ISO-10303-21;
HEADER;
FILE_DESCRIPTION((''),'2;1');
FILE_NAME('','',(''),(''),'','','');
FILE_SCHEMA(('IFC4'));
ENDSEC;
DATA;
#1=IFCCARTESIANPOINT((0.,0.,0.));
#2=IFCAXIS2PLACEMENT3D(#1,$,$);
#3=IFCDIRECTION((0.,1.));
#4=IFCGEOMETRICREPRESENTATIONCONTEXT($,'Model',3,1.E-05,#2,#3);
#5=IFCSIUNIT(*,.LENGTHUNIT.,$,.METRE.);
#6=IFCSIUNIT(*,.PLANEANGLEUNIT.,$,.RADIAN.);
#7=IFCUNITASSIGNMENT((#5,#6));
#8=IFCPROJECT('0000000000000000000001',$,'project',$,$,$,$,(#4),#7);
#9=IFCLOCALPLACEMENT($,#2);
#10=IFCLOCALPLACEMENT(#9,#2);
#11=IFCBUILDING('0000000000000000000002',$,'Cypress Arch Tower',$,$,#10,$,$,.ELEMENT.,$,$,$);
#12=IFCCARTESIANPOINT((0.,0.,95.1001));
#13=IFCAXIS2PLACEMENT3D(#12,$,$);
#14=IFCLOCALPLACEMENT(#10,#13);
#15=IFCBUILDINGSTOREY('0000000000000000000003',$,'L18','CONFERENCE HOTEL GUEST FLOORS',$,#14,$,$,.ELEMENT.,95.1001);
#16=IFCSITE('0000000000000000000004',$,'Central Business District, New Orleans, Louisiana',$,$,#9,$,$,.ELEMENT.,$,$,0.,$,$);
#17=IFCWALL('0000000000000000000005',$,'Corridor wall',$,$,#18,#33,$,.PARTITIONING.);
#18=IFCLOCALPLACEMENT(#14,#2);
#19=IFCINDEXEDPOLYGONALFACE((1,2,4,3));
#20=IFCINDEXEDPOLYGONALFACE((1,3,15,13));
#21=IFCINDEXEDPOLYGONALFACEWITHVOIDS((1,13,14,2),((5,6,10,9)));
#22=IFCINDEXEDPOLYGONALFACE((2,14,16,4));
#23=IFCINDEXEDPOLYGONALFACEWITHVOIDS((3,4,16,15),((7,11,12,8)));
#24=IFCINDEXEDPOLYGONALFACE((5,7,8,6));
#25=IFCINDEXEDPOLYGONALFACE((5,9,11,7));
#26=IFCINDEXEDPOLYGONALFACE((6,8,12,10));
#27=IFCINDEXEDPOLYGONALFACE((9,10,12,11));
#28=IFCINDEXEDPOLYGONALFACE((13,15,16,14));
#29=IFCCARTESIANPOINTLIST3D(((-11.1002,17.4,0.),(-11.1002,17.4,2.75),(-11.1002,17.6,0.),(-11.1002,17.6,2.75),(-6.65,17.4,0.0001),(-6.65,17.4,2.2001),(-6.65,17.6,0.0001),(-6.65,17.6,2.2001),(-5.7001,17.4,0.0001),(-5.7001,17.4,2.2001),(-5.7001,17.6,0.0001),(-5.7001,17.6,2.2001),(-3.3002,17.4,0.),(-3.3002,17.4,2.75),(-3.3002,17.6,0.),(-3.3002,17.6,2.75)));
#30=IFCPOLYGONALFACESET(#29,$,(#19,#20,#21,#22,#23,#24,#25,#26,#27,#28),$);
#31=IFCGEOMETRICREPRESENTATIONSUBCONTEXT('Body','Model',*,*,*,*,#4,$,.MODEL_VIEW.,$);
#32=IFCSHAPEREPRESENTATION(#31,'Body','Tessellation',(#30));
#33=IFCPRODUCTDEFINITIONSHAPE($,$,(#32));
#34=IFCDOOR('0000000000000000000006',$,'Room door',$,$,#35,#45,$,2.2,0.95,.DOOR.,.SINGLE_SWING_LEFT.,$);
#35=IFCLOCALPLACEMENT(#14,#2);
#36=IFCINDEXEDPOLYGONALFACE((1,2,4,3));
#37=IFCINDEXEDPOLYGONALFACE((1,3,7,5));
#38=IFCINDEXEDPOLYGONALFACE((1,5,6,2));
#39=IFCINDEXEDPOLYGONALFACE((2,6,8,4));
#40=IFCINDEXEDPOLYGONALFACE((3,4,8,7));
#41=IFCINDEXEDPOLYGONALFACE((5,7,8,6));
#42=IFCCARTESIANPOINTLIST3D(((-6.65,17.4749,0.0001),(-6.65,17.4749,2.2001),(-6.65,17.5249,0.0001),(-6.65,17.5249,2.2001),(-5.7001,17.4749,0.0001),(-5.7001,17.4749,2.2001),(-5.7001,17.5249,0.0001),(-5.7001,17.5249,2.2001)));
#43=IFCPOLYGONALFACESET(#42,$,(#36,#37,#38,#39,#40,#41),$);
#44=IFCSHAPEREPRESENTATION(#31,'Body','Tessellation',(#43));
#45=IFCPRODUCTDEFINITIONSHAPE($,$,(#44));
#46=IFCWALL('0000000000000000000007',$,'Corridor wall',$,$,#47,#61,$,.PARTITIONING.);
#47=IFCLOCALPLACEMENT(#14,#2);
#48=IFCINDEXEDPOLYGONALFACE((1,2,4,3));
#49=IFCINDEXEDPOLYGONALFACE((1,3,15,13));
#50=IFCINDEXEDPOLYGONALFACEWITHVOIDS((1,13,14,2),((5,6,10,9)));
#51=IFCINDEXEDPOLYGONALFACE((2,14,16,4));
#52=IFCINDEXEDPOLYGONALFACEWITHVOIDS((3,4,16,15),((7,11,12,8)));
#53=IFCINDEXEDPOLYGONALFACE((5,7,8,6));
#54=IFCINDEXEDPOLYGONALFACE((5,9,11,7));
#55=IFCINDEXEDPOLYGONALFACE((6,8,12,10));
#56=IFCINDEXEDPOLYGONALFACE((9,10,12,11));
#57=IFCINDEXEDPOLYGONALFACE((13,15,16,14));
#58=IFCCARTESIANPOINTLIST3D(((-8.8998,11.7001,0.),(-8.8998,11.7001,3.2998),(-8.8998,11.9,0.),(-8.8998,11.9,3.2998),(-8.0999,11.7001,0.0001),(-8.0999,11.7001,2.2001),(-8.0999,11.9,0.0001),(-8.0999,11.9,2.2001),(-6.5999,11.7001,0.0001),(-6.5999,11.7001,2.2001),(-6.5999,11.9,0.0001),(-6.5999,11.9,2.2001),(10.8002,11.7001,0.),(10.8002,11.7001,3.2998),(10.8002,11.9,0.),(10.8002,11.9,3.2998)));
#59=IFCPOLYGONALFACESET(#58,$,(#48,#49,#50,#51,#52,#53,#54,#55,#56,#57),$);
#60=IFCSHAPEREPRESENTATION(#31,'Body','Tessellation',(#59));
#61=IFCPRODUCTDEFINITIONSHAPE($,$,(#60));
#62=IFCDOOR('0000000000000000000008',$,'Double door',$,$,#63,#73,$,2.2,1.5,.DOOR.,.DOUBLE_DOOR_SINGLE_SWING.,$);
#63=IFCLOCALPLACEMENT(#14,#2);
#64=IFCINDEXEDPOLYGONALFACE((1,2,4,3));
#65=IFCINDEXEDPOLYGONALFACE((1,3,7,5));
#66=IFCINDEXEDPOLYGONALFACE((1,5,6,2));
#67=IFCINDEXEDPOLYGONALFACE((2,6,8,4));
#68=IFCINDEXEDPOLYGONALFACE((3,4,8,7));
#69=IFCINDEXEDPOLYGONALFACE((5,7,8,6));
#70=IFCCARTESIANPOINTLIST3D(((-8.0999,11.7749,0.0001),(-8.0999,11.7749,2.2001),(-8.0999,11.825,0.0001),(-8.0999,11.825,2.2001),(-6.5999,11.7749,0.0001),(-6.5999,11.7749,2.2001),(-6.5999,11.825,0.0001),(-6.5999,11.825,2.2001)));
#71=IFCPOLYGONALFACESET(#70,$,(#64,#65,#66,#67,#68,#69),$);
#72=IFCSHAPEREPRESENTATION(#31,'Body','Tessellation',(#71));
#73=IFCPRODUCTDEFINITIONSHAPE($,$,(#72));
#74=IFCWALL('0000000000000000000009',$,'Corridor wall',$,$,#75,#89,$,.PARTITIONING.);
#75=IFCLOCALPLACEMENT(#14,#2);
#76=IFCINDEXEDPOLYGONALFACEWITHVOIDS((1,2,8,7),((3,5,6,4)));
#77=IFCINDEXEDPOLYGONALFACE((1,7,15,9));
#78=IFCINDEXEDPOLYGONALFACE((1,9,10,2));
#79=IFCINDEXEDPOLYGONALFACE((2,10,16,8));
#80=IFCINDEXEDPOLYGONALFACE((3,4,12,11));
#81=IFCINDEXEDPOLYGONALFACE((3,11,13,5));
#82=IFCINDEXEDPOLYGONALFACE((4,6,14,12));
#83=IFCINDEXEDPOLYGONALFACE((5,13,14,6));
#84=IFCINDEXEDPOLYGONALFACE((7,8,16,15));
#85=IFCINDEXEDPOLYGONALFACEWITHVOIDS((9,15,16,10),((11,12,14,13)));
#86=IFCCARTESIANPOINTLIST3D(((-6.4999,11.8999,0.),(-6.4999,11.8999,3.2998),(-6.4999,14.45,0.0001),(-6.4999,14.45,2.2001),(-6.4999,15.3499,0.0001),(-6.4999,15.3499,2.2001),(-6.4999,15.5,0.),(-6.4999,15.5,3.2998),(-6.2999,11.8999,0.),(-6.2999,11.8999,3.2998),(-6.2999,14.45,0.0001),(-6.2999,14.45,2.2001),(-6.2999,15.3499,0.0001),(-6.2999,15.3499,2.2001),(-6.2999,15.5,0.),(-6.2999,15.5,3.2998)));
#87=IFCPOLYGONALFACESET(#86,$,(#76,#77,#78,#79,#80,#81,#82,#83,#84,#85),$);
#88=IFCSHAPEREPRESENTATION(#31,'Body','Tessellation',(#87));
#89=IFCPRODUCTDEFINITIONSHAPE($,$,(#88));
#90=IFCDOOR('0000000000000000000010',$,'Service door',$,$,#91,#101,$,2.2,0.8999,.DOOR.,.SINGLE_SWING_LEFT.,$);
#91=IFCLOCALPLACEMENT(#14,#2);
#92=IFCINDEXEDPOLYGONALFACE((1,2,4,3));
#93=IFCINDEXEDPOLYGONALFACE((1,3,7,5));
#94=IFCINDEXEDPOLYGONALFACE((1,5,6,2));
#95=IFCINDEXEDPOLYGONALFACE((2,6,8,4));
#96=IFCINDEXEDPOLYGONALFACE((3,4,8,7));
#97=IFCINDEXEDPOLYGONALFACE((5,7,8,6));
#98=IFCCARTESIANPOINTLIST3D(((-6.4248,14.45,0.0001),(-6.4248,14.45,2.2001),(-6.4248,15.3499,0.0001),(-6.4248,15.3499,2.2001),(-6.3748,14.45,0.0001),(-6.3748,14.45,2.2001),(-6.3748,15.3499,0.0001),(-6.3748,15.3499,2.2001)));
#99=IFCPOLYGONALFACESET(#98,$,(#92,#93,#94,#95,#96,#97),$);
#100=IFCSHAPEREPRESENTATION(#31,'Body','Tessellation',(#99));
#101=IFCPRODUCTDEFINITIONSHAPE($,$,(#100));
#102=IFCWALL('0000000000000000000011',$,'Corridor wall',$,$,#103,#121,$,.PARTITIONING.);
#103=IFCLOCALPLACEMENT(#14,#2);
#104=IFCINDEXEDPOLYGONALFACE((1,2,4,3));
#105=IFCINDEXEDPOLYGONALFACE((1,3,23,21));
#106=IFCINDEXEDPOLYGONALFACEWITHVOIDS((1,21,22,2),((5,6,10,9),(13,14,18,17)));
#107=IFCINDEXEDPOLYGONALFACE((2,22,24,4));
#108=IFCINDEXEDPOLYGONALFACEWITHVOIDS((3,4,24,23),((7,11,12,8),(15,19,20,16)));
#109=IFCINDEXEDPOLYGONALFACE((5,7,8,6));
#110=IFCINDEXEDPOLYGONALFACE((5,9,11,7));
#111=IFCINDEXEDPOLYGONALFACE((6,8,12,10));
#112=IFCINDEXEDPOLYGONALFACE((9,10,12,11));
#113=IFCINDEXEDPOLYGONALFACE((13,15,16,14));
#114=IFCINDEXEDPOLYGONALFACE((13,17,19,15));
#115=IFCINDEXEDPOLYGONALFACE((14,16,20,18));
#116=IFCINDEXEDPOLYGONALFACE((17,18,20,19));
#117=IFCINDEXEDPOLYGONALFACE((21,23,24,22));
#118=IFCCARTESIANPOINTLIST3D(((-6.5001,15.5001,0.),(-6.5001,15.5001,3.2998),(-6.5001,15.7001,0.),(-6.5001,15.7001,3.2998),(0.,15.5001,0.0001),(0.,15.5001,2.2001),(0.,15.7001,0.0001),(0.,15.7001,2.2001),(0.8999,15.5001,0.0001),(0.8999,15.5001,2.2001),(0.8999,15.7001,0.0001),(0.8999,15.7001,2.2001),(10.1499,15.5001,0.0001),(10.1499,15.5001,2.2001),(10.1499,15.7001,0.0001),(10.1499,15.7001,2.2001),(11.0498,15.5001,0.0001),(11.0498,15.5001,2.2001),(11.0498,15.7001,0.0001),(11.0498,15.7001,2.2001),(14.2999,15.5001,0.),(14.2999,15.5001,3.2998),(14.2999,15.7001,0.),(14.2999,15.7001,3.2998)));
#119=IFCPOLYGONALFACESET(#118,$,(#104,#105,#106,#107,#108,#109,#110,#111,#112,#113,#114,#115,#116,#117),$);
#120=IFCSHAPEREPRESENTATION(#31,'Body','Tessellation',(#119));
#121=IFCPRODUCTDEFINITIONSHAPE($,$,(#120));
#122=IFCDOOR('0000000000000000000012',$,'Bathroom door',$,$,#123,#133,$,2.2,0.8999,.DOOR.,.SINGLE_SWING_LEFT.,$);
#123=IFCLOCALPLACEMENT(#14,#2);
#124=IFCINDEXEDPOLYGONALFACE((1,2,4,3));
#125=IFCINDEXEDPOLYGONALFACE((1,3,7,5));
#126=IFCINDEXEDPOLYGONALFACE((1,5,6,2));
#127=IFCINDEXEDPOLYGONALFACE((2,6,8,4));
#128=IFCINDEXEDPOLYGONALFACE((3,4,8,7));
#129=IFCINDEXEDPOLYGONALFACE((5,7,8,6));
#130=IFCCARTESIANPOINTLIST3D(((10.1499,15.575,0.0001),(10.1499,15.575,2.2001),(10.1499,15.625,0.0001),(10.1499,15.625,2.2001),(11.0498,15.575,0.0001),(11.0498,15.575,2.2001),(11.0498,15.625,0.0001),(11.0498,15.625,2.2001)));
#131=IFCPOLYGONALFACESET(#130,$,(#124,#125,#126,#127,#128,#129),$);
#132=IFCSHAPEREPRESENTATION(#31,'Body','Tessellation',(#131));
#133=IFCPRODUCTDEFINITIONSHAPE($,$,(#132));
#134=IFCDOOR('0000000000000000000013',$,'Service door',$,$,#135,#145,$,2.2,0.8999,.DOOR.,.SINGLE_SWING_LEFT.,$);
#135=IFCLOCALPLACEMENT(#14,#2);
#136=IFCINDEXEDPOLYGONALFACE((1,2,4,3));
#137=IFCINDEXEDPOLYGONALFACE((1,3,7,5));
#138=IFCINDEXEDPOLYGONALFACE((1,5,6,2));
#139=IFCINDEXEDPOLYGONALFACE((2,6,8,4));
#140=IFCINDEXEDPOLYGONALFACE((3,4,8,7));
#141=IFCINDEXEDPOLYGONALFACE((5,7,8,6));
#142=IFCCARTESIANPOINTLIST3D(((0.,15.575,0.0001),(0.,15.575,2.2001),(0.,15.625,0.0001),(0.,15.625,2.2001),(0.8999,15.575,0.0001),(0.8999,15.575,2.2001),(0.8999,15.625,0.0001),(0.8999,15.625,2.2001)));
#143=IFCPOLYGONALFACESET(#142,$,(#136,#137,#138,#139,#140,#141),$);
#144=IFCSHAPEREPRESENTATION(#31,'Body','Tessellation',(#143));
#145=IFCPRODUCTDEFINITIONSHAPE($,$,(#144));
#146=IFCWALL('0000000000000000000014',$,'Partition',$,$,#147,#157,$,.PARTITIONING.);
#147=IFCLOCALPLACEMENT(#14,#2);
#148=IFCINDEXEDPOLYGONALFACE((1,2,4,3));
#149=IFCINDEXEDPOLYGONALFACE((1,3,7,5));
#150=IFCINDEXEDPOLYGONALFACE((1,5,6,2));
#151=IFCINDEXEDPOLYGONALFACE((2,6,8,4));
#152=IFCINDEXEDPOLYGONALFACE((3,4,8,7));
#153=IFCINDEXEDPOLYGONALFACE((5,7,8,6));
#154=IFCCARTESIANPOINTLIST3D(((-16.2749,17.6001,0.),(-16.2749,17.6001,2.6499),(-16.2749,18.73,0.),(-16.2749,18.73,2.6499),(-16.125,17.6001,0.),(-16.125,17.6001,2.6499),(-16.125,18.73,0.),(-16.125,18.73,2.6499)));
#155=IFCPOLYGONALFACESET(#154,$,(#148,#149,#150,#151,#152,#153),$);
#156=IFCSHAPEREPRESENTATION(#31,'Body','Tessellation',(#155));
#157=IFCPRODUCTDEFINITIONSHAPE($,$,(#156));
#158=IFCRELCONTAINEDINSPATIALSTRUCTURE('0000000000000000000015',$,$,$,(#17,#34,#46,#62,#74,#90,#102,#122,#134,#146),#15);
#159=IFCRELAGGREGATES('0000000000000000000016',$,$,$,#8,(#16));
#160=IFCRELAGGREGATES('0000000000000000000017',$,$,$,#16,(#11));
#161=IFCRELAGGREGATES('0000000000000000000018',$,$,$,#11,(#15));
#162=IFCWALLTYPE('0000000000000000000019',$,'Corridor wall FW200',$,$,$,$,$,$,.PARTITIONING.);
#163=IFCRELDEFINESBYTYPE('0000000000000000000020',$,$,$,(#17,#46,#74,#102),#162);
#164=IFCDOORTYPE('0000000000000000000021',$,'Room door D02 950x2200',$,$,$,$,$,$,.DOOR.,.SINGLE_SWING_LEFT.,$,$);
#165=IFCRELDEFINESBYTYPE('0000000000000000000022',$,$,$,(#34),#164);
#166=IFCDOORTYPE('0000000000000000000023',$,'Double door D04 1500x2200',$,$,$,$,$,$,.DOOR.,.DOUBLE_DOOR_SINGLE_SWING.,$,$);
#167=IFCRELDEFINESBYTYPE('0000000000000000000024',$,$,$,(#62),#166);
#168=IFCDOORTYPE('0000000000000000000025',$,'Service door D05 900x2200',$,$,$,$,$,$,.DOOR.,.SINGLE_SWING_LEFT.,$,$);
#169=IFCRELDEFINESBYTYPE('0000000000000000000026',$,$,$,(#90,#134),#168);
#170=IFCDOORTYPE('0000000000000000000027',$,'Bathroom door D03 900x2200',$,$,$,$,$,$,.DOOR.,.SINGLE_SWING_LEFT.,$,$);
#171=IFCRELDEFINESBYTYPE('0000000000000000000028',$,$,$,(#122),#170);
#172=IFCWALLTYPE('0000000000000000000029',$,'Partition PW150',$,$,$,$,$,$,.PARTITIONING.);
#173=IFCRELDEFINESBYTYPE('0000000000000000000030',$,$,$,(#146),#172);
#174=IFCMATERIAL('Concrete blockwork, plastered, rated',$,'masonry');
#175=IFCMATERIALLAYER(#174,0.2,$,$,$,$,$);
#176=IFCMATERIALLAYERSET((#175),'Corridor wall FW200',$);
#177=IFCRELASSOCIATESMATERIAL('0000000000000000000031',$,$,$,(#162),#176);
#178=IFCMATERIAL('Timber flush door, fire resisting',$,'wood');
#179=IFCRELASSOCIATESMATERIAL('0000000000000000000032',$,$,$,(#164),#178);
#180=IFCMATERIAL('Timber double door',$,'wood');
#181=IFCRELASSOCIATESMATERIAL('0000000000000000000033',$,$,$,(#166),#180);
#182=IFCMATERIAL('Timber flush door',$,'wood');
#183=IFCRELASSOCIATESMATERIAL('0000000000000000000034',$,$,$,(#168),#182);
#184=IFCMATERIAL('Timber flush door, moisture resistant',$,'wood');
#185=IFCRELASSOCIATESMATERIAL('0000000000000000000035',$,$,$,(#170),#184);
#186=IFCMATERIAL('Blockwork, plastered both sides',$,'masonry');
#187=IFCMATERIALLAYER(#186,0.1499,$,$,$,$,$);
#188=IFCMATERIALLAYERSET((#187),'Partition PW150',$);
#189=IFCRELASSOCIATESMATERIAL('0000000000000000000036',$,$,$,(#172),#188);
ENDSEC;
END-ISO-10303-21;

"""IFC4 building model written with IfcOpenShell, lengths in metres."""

from ifc_helpers import new_model, si_unit, direction, frame, frame_2d, origin, place, context, subcontext, project, spatial, rectangle, extrude, material, layer, layer_set, type_object, element, fill, save


model = new_model("IFC4")

# Units and contexts
model_context = context("Model", 3, precision=1e-05, world=origin(), true_north=direction((0.0, 1.0)))
body_context = subcontext(model_context, "Body", "Model", "MODEL_VIEW")
ifc_project = project(units=[si_unit("LENGTHUNIT", "METRE"), si_unit("PLANEANGLEUNIT", "RADIAN")], contexts=[model_context])

# Site, building, storey
site_placement = place(None, origin())
site = spatial("IfcSite", under=ifc_project, at=site_placement, Name="Central Business District, New Orleans, Louisiana", CompositionType="ELEMENT", RefElevation=0.0)
building_placement = place(site_placement, origin())
building = spatial("IfcBuilding", under=site, at=building_placement, Name="Cypress Arch Tower", CompositionType="ELEMENT")
storey_placement = place(building_placement, frame((0.0, 0.0, 95.1001)))
storey = spatial("IfcBuildingStorey", under=building, at=storey_placement, Name="L18", Description="CONFERENCE HOTEL GUEST FLOORS", CompositionType="ELEMENT", Elevation=95.1001)

# Shared definitions
ifc_material_1 = material(Name="Concrete blockwork, plastered, rated", Category="masonry")
ifc_layer_1 = layer(ifc_material_1, 0.2)
ifc_layer_set_1 = layer_set([ifc_layer_1], Name="Corridor wall FW200")
wall_type_1 = type_object("IfcWallType", Name="Corridor wall FW200", PredefinedType="PARTITIONING", material=ifc_layer_set_1)

# Walls, openings, doors
ifc_material_2 = material(Name="Timber flush door, fire resisting", Category="wood")
door_type_1 = type_object("IfcDoorType", Name="Room door D02 950x2200", OperationType="SINGLE_SWING_LEFT", PredefinedType="DOOR", material=ifc_material_2)
wall_1_placement = place(storey_placement, frame((-11.1001, 17.5, 0.0), z_axis=(0.0, 0.0, 1.0), x_axis=(1.0, 0.0, 0.0)))
wall_1 = element("IfcWall", 1, at=wall_1_placement, inside=storey, type_object=wall_type_1, Name="Corridor wall", PredefinedType="PARTITIONING", context=body_context, shape_type="SweptSolid", body=[
    extrude(rectangle(XDim=7.8, YDim=0.2, at=frame_2d((3.8999, 0.0))), origin(), (0.0, 0.0, 1.0), 2.75),
])
opening_1_placement = place(wall_1_placement, frame((4.45, 0.0, 0.0)))
opening_1 = element("IfcOpeningElement", 2, at=opening_1_placement, cuts=wall_1, PredefinedType="OPENING", context=body_context, shape_type="SweptSolid", body=[
    extrude(rectangle(XDim=0.95, YDim=2.2, at=frame_2d((0.4751, 1.1001))), frame((0.0, 0.1099, 0.0), z_axis=(0.0, -1.0, 0.0), x_axis=(1.0, 0.0, 0.0)), (0.0, 0.0, 1.0), 0.22),
])
door_1_placement = place(opening_1_placement, origin())
door_1 = element("IfcDoor", 3, at=door_1_placement, inside=storey, type_object=door_type_1, Name="Room door", OperationType="SINGLE_SWING_LEFT", OverallHeight=2.2, OverallWidth=0.95, PredefinedType="DOOR", context=body_context, shape_type="SweptSolid", body=[
    extrude(rectangle(XDim=0.95, YDim=2.2, at=frame_2d((0.4751, 1.1001))), frame((0.0, 0.0249, 0.0), z_axis=(0.0, -1.0, 0.0), x_axis=(1.0, 0.0, 0.0)), (0.0, 0.0, 1.0), 0.05),
])
fill(opening_1, door_1)
wall_2_placement = place(storey_placement, frame((-8.8999, 11.8, 0.0), z_axis=(0.0, 0.0, 1.0), x_axis=(1.0, 0.0, 0.0)))
wall_2 = element("IfcWall", 4, at=wall_2_placement, inside=storey, type_object=wall_type_1, Name="Corridor wall", PredefinedType="PARTITIONING", context=body_context, shape_type="SweptSolid", body=[
    extrude(rectangle(XDim=19.7, YDim=0.2, at=frame_2d((9.8501, 0.0))), origin(), (0.0, 0.0, 1.0), 3.2998),
])
opening_2_placement = place(wall_2_placement, frame((0.8, 0.0, 0.0)))
opening_2 = element("IfcOpeningElement", 5, at=opening_2_placement, cuts=wall_2, PredefinedType="OPENING", context=body_context, shape_type="SweptSolid", body=[
    extrude(rectangle(XDim=1.5, YDim=2.2, at=frame_2d((0.75, 1.1001))), frame((0.0, 0.1099, 0.0), z_axis=(0.0, -1.0, 0.0), x_axis=(1.0, 0.0, 0.0)), (0.0, 0.0, 1.0), 0.22),
])
ifc_material_3 = material(Name="Timber double door", Category="wood")
door_type_2 = type_object("IfcDoorType", Name="Double door D04 1500x2200", OperationType="DOUBLE_DOOR_SINGLE_SWING", PredefinedType="DOOR", material=ifc_material_3)
door_2_placement = place(opening_2_placement, origin())
door_2 = element("IfcDoor", 6, at=door_2_placement, inside=storey, type_object=door_type_2, Name="Double door", OperationType="DOUBLE_DOOR_SINGLE_SWING", OverallHeight=2.2, OverallWidth=1.5, PredefinedType="DOOR", context=body_context, shape_type="SweptSolid", body=[
    extrude(rectangle(XDim=1.5, YDim=2.2, at=frame_2d((0.75, 1.1001))), frame((0.0, 0.0249, 0.0), z_axis=(0.0, -1.0, 0.0), x_axis=(1.0, 0.0, 0.0)), (0.0, 0.0, 1.0), 0.05),
])
fill(opening_2, door_2)
wall_3_placement = place(storey_placement, frame((-6.3999, 11.8999, 0.0), z_axis=(0.0, 0.0, 1.0), x_axis=(0.0, 1.0, 0.0)))
wall_3 = element("IfcWall", 7, at=wall_3_placement, inside=storey, type_object=wall_type_1, Name="Corridor wall", PredefinedType="PARTITIONING", context=body_context, shape_type="SweptSolid", body=[
    extrude(rectangle(XDim=3.6001, YDim=0.2, at=frame_2d((1.8, 0.0))), origin(), (0.0, 0.0, 1.0), 3.2998),
])
opening_3_placement = place(wall_3_placement, frame((2.55, 0.0, 0.0)))
opening_3 = element("IfcOpeningElement", 8, at=opening_3_placement, cuts=wall_3, PredefinedType="OPENING", context=body_context, shape_type="SweptSolid", body=[
    extrude(rectangle(XDim=0.8999, YDim=2.2, at=frame_2d((0.45, 1.1001))), frame((0.0, 0.1099, 0.0), z_axis=(0.0, -1.0, 0.0), x_axis=(1.0, 0.0, 0.0)), (0.0, 0.0, 1.0), 0.22),
])
ifc_material_4 = material(Name="Timber flush door", Category="wood")
door_type_3 = type_object("IfcDoorType", Name="Service door D05 900x2200", OperationType="SINGLE_SWING_LEFT", PredefinedType="DOOR", material=ifc_material_4)
door_3_placement = place(opening_3_placement, origin())
door_3 = element("IfcDoor", 9, at=door_3_placement, inside=storey, type_object=door_type_3, Name="Service door", OperationType="SINGLE_SWING_LEFT", OverallHeight=2.2, OverallWidth=0.8999, PredefinedType="DOOR", context=body_context, shape_type="SweptSolid", body=[
    extrude(rectangle(XDim=0.8999, YDim=2.2, at=frame_2d((0.45, 1.1001))), frame((0.0, 0.0249, 0.0), z_axis=(0.0, -1.0, 0.0), x_axis=(1.0, 0.0, 0.0)), (0.0, 0.0, 1.0), 0.05),
])
fill(opening_3, door_3)

# Wall, openings, doors
wall_4_placement = place(storey_placement, frame((-6.5, 15.6001, 0.0), z_axis=(0.0, 0.0, 1.0), x_axis=(1.0, 0.0, 0.0)))
wall_4 = element("IfcWall", 10, at=wall_4_placement, inside=storey, type_object=wall_type_1, Name="Corridor wall", PredefinedType="PARTITIONING", context=body_context, shape_type="SweptSolid", body=[
    extrude(rectangle(XDim=20.8, YDim=0.2, at=frame_2d((10.3999, 0.0))), origin(), (0.0, 0.0, 1.0), 3.2998),
])
opening_4_placement = place(wall_4_placement, frame((6.5, 0.0, 0.0)))
opening_4 = element("IfcOpeningElement", 11, at=opening_4_placement, cuts=wall_4, PredefinedType="OPENING", context=body_context, shape_type="SweptSolid", body=[
    extrude(rectangle(XDim=0.8999, YDim=2.2, at=frame_2d((0.45, 1.1001))), frame((0.0, 0.1099, 0.0), z_axis=(0.0, -1.0, 0.0), x_axis=(1.0, 0.0, 0.0)), (0.0, 0.0, 1.0), 0.22),
])
opening_5_placement = place(wall_4_placement, frame((16.6499, 0.0, 0.0)))
opening_5 = element("IfcOpeningElement", 12, at=opening_5_placement, cuts=wall_4, PredefinedType="OPENING", context=body_context, shape_type="SweptSolid", body=[
    extrude(rectangle(XDim=0.8999, YDim=2.2, at=frame_2d((0.45, 1.1001))), frame((0.0, 0.1099, 0.0), z_axis=(0.0, -1.0, 0.0), x_axis=(1.0, 0.0, 0.0)), (0.0, 0.0, 1.0), 0.22),
])
ifc_material_5 = material(Name="Timber flush door, moisture resistant", Category="wood")
door_type_4 = type_object("IfcDoorType", Name="Bathroom door D03 900x2200", OperationType="SINGLE_SWING_LEFT", PredefinedType="DOOR", material=ifc_material_5)
door_4_placement = place(opening_5_placement, origin())
door_4 = element("IfcDoor", 13, at=door_4_placement, inside=storey, type_object=door_type_4, Name="Bathroom door", OperationType="SINGLE_SWING_LEFT", OverallHeight=2.2, OverallWidth=0.8999, PredefinedType="DOOR", context=body_context, shape_type="SweptSolid", body=[
    extrude(rectangle(XDim=0.8999, YDim=2.2, at=frame_2d((0.45, 1.1001))), frame((0.0, 0.0249, 0.0), z_axis=(0.0, -1.0, 0.0), x_axis=(1.0, 0.0, 0.0)), (0.0, 0.0, 1.0), 0.05),
])
fill(opening_5, door_4)
door_5_placement = place(opening_4_placement, origin())
door_5 = element("IfcDoor", 14, at=door_5_placement, inside=storey, type_object=door_type_3, Name="Service door", OperationType="SINGLE_SWING_LEFT", OverallHeight=2.2, OverallWidth=0.8999, PredefinedType="DOOR", context=body_context, shape_type="SweptSolid", body=[
    extrude(rectangle(XDim=0.8999, YDim=2.2, at=frame_2d((0.45, 1.1001))), frame((0.0, 0.0249, 0.0), z_axis=(0.0, -1.0, 0.0), x_axis=(1.0, 0.0, 0.0)), (0.0, 0.0, 1.0), 0.05),
])
fill(opening_4, door_5)

# Wall
ifc_material_6 = material(Name="Blockwork, plastered both sides", Category="masonry")
ifc_layer_2 = layer(ifc_material_6, 0.1499)
ifc_layer_set_2 = layer_set([ifc_layer_2], Name="Partition PW150")
wall_type_2 = type_object("IfcWallType", Name="Partition PW150", PredefinedType="PARTITIONING", material=ifc_layer_set_2)
wall_5_placement = place(storey_placement, frame((-16.2, 17.6001, 0.0), z_axis=(0.0, 0.0, 1.0), x_axis=(0.0, 1.0, 0.0)))
element("IfcWall", 15, at=wall_5_placement, inside=storey, type_object=wall_type_2, Name="Partition", PredefinedType="PARTITIONING", context=body_context, shape_type="SweptSolid", body=[
    extrude(rectangle(XDim=1.1299, YDim=0.1499, at=frame_2d((0.5649, 0.0))), origin(), (0.0, 0.0, 1.0), 2.6499),
])

save(model, "model.ifc")
